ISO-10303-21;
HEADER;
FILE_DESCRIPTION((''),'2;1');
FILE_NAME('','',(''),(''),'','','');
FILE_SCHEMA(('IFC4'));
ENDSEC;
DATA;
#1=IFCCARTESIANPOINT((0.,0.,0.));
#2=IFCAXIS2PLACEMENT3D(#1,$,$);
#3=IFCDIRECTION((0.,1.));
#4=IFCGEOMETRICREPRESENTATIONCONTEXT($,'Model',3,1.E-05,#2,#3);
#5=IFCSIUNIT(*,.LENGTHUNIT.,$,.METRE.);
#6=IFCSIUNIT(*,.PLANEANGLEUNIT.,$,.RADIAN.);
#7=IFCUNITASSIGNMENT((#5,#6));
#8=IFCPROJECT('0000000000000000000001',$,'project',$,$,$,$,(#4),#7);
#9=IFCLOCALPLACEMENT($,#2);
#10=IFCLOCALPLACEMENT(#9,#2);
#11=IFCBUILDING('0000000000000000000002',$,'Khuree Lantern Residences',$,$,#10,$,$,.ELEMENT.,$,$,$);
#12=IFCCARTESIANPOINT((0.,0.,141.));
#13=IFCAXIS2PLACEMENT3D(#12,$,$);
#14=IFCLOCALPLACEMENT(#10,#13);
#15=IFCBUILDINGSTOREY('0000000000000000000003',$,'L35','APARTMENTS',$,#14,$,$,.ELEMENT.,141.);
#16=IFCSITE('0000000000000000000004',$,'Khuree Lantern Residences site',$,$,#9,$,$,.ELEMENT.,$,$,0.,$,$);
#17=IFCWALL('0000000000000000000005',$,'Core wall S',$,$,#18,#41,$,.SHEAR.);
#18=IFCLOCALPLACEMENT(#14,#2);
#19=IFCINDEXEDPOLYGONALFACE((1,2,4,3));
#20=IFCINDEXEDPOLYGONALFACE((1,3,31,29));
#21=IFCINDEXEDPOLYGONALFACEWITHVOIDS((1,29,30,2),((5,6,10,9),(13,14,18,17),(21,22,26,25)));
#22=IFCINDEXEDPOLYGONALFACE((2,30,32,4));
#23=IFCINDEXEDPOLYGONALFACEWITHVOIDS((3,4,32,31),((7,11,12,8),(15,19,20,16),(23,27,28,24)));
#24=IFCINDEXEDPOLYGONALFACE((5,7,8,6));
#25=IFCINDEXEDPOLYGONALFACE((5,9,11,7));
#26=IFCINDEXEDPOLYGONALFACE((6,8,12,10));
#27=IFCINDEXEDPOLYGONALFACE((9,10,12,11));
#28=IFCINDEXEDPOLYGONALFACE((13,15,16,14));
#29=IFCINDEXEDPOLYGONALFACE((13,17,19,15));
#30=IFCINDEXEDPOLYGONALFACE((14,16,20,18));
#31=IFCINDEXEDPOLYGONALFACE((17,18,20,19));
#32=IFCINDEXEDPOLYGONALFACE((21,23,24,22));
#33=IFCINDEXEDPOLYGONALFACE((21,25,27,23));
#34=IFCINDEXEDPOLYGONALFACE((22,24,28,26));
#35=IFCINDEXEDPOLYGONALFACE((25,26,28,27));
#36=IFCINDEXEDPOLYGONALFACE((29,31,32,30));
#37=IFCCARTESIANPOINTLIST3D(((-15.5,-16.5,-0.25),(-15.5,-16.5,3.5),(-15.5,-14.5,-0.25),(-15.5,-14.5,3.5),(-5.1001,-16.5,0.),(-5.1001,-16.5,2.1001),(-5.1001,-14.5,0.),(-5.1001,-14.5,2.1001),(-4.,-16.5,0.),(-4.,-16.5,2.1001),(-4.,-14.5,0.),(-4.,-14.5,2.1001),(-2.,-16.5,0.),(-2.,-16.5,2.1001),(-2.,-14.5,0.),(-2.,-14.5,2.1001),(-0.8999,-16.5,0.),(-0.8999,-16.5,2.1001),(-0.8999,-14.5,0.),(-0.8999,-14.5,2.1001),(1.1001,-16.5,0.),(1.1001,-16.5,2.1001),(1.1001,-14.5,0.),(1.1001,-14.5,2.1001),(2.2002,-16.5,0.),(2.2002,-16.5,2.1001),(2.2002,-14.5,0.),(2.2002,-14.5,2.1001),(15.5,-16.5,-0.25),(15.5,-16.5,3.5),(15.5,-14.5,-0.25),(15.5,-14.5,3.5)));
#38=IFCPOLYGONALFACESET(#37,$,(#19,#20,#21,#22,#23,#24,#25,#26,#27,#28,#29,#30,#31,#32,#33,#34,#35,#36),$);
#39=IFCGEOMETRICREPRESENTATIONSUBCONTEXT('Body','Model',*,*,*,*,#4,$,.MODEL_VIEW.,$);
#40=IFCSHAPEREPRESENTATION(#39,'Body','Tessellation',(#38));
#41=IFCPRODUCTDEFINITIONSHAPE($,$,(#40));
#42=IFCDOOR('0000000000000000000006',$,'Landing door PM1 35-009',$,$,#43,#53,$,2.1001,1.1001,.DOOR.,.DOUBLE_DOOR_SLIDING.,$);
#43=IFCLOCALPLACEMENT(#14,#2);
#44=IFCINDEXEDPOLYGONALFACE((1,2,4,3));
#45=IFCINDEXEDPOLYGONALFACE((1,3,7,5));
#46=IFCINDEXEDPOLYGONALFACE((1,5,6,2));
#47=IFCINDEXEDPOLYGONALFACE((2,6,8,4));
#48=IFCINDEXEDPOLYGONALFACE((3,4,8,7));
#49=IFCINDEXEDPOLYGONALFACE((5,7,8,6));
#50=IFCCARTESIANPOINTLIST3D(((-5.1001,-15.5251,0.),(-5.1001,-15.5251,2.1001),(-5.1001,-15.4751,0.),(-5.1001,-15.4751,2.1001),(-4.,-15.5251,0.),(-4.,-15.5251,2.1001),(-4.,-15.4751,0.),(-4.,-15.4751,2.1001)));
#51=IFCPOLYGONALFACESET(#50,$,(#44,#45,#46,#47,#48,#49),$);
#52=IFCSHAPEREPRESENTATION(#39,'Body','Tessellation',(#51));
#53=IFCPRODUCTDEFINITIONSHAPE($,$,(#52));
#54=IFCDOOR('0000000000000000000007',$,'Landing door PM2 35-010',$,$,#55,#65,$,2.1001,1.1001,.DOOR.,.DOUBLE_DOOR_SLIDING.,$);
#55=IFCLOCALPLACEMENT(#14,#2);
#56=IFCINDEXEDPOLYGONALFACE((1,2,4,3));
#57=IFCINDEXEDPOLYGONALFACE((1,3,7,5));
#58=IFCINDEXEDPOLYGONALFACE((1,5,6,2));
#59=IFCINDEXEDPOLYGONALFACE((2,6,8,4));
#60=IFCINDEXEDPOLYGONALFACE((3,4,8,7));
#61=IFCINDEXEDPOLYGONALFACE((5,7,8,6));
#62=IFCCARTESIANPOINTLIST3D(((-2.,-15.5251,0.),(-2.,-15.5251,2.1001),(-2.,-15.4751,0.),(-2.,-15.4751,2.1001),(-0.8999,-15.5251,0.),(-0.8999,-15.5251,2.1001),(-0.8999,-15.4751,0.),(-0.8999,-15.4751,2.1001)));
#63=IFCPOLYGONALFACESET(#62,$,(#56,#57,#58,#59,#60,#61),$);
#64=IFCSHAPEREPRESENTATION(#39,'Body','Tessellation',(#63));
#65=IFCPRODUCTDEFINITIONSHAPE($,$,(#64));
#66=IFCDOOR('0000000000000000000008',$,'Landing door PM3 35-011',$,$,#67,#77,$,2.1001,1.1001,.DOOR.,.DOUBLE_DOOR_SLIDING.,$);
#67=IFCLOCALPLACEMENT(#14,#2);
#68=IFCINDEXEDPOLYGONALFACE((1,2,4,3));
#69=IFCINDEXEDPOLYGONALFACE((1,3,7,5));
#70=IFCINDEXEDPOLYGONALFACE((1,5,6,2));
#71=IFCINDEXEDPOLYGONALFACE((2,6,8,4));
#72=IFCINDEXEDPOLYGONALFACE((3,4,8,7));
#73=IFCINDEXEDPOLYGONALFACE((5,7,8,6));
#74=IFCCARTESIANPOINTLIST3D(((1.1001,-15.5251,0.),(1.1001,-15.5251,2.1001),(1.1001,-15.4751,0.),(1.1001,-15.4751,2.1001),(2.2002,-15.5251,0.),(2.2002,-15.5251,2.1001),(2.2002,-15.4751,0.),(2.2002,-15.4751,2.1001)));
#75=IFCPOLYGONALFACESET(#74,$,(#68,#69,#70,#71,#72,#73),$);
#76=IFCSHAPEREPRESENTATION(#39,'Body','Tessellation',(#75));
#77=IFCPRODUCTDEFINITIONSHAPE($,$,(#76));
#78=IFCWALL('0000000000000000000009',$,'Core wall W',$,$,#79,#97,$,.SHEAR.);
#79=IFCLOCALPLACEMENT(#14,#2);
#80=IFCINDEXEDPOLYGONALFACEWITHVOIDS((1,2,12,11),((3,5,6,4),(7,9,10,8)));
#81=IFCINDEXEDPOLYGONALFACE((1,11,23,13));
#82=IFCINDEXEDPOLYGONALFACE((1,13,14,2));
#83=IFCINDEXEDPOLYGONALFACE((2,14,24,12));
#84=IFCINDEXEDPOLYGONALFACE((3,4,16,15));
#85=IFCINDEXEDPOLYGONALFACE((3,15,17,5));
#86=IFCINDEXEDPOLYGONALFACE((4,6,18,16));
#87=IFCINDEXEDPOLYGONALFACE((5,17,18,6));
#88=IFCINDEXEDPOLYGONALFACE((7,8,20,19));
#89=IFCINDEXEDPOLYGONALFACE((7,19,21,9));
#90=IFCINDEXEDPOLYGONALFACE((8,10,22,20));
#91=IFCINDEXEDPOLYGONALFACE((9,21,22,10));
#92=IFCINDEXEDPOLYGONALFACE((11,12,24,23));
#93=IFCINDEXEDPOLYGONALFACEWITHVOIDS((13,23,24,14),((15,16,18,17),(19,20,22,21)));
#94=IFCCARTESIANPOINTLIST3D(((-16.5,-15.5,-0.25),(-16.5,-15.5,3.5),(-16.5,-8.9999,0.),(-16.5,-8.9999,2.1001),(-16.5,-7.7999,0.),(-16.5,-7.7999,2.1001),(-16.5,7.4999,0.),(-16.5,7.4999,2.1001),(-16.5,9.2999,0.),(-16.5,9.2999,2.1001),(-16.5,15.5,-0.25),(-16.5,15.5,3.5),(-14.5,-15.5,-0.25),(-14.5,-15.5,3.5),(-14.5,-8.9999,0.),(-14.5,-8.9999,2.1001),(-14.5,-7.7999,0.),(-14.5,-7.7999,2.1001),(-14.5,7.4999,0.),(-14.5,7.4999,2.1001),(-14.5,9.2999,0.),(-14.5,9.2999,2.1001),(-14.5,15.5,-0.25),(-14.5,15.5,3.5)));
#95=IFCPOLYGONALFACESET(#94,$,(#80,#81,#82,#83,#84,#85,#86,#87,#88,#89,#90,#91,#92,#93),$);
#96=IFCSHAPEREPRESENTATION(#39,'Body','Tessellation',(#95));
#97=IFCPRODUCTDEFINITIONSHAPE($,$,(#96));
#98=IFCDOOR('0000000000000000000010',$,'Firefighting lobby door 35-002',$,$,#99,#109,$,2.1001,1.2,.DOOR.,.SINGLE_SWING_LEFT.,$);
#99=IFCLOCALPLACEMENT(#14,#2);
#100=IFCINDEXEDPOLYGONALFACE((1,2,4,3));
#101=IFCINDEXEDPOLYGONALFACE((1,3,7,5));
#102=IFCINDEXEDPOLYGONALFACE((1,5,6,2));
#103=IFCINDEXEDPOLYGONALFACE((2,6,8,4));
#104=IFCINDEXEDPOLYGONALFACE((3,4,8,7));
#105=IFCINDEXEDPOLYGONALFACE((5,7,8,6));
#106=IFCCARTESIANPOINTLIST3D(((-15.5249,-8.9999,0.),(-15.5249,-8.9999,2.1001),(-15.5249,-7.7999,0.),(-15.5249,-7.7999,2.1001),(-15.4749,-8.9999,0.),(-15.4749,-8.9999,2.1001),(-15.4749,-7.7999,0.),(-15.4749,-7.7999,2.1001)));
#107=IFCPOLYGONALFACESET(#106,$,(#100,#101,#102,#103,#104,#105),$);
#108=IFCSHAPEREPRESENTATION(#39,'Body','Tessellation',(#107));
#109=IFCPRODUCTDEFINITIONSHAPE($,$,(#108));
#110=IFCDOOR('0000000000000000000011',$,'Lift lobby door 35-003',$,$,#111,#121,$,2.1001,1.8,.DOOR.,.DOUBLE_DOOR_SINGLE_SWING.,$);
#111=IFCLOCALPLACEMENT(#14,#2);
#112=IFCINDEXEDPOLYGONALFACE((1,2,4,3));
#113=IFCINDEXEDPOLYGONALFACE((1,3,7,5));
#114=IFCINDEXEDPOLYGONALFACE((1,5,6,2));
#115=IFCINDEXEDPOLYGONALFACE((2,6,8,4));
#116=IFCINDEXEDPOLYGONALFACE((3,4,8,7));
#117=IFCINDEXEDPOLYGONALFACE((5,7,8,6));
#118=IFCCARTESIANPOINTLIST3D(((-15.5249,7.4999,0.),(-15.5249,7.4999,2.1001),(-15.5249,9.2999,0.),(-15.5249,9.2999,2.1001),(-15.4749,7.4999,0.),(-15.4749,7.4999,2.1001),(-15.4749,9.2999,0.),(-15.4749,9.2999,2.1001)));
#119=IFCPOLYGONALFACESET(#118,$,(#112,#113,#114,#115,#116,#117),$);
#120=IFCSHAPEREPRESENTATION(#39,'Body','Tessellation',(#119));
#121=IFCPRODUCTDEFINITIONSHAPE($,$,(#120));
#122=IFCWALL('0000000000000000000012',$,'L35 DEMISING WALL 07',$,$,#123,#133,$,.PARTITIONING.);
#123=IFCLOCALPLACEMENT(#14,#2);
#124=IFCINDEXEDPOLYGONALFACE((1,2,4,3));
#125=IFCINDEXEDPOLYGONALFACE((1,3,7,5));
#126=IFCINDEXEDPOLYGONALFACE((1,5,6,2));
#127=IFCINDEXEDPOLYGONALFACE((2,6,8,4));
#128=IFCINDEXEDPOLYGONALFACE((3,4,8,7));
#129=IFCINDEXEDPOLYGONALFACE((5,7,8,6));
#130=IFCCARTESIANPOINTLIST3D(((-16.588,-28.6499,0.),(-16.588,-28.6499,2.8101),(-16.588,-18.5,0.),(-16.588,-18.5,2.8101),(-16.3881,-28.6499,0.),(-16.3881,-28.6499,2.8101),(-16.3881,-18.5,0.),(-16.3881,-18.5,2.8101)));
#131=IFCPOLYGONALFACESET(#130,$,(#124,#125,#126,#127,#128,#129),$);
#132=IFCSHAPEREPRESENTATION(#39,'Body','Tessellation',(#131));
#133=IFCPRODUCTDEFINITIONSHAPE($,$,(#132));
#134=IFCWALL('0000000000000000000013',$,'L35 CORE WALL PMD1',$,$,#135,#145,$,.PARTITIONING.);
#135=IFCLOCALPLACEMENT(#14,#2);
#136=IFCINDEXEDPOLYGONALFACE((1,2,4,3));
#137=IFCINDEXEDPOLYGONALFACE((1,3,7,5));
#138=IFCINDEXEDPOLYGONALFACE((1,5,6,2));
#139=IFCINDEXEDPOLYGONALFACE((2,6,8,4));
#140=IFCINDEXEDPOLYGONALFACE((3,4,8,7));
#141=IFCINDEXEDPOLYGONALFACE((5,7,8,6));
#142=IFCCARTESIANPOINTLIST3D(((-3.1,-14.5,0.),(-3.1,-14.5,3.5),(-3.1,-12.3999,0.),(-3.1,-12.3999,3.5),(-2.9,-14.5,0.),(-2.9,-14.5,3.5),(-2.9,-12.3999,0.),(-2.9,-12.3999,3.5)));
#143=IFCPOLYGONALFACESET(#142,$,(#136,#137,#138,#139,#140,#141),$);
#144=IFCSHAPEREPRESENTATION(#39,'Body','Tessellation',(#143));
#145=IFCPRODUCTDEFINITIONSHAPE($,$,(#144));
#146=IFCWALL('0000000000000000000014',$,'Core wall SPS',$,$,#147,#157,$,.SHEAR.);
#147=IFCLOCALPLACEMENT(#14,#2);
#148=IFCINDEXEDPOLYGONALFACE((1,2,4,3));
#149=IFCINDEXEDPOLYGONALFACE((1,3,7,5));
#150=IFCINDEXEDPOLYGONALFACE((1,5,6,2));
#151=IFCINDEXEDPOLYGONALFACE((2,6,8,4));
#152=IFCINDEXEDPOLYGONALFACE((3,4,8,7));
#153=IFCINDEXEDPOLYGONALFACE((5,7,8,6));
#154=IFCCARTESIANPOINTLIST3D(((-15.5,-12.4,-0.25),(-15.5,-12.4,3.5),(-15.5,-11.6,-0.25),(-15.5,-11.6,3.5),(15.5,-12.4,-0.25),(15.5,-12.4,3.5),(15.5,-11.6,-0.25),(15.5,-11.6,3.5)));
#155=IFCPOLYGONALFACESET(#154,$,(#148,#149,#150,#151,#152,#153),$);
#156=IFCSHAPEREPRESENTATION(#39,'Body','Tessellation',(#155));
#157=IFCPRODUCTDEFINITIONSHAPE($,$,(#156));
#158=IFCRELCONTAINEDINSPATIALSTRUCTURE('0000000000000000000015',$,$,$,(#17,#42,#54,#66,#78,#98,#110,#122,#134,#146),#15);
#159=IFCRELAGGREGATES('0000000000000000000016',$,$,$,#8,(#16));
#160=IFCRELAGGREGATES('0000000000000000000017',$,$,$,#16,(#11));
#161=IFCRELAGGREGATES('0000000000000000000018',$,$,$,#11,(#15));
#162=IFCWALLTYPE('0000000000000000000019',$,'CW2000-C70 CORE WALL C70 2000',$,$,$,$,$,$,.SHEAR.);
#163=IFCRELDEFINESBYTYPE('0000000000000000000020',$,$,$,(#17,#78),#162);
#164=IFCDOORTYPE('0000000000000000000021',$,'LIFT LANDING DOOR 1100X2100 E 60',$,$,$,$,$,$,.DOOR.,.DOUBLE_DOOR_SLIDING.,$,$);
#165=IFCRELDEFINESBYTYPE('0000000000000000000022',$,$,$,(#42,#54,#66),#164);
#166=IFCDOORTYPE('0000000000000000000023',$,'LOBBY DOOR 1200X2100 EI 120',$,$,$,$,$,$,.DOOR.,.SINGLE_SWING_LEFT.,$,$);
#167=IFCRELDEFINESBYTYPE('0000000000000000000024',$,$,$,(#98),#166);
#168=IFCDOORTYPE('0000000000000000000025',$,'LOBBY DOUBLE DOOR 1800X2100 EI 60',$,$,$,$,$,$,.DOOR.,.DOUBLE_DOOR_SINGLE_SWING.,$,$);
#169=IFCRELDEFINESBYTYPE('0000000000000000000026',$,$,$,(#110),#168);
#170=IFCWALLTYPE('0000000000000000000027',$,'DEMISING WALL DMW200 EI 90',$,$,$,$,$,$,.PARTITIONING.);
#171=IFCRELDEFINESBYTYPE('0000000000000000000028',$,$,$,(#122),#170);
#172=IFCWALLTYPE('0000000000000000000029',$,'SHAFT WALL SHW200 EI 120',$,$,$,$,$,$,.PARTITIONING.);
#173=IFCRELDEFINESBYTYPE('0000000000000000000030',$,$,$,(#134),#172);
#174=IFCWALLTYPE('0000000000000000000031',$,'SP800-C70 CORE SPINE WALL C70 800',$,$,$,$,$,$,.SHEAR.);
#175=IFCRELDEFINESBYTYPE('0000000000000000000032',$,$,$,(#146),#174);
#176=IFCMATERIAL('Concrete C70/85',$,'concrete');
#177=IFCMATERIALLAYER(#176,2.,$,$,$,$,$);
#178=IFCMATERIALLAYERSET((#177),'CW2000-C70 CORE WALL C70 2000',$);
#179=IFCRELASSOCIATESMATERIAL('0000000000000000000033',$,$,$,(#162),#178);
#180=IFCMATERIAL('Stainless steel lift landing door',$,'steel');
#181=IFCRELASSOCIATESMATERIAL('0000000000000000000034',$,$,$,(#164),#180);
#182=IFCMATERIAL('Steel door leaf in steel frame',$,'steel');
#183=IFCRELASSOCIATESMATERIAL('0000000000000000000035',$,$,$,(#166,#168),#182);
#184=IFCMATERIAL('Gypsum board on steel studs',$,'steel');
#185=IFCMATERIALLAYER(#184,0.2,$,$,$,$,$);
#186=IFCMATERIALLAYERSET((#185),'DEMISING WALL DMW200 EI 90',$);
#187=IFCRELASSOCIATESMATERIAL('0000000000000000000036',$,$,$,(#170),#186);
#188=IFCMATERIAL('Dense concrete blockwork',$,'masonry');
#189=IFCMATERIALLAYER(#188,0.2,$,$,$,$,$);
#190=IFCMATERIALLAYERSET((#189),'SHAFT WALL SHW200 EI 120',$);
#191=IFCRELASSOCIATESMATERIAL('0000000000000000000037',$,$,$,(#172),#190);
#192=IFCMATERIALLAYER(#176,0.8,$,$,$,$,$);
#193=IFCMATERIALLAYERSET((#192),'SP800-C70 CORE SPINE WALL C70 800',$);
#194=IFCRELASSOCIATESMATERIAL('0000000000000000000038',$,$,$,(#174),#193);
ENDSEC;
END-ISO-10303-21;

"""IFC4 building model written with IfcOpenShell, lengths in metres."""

from ifc_helpers import new_model, si_unit, direction, frame, frame_2d, origin, place, context, subcontext, project, spatial, rectangle, extrude, material, layer, layer_set, type_object, element, fill, save


model = new_model("IFC4")

# Units and contexts
model_context = context("Model", 3, precision=1e-05, world=origin(), true_north=direction((0.0, 1.0)))
body_context = subcontext(model_context, "Body", "Model", "MODEL_VIEW")
ifc_project = project(units=[si_unit("LENGTHUNIT", "METRE"), si_unit("PLANEANGLEUNIT", "RADIAN")], contexts=[model_context])

# Site, building, storey
site_placement = place(None, origin())
site = spatial("IfcSite", under=ifc_project, at=site_placement, Name="Khuree Lantern Residences site", CompositionType="ELEMENT", RefElevation=0.0)
building_placement = place(site_placement, origin())
building = spatial("IfcBuilding", under=site, at=building_placement, Name="Khuree Lantern Residences", CompositionType="ELEMENT")
storey_placement = place(building_placement, frame((0.0, 0.0, 141.0)))
storey = spatial("IfcBuildingStorey", under=building, at=storey_placement, Name="L35", Description="APARTMENTS", CompositionType="ELEMENT", Elevation=141.0)

# Shared definitions
ifc_material_1 = material(Name="Concrete C70/85", Category="concrete")

# Shared definitions
ifc_material_2 = material(Name="Dense concrete blockwork", Category="masonry")
ifc_material_3 = material(Name="Stainless steel lift landing door", Category="steel")

# Shared definitions
ifc_material_4 = material(Name="Gypsum board on steel studs", Category="steel")

# Walls, openings, doors
ifc_layer_1 = layer(ifc_material_1, 2.0)
ifc_layer_set_1 = layer_set([ifc_layer_1], Name="CW2000-C70 CORE WALL C70 2000")
wall_type_1 = type_object("IfcWallType", Name="CW2000-C70 CORE WALL C70 2000", PredefinedType="SHEAR", material=ifc_layer_set_1)
wall_1_placement = place(storey_placement, frame((-15.5, -15.5, -0.25), z_axis=(0.0, 0.0, 1.0), x_axis=(1.0, 0.0, 0.0)))
wall_1 = element("IfcWall", 1, at=wall_1_placement, inside=storey, type_object=wall_type_1, Name="Core wall S", PredefinedType="SHEAR", context=body_context, shape_type="SweptSolid", body=[
    extrude(rectangle(XDim=31.0, YDim=2.0, at=frame_2d((15.5, 0.0))), origin(), (0.0, 0.0, 1.0), 3.75),
])
opening_1_placement = place(wall_1_placement, frame((10.3999, 0.0, 0.25)))
opening_1 = element("IfcOpeningElement", 2, at=opening_1_placement, cuts=wall_1, PredefinedType="OPENING", context=body_context, shape_type="SweptSolid", body=[
    extrude(rectangle(XDim=1.1001, YDim=2.1001, at=frame_2d((0.55, 1.05))), frame((0.0, 1.01, 0.0), z_axis=(0.0, -1.0, 0.0), x_axis=(1.0, 0.0, 0.0)), (0.0, 0.0, 1.0), 2.02),
])
opening_2_placement = place(wall_1_placement, frame((13.5, 0.0, 0.25)))
opening_2 = element("IfcOpeningElement", 3, at=opening_2_placement, cuts=wall_1, PredefinedType="OPENING", context=body_context, shape_type="SweptSolid", body=[
    extrude(rectangle(XDim=1.1001, YDim=2.1001, at=frame_2d((0.55, 1.05))), frame((0.0, 1.01, 0.0), z_axis=(0.0, -1.0, 0.0), x_axis=(1.0, 0.0, 0.0)), (0.0, 0.0, 1.0), 2.02),
])
opening_3_placement = place(wall_1_placement, frame((16.6001, 0.0, 0.25)))
opening_3 = element("IfcOpeningElement", 4, at=opening_3_placement, cuts=wall_1, PredefinedType="OPENING", context=body_context, shape_type="SweptSolid", body=[
    extrude(rectangle(XDim=1.1001, YDim=2.1001, at=frame_2d((0.55, 1.05))), frame((0.0, 1.01, 0.0), z_axis=(0.0, -1.0, 0.0), x_axis=(1.0, 0.0, 0.0)), (0.0, 0.0, 1.0), 2.02),
])
door_type_1 = type_object("IfcDoorType", Name="LIFT LANDING DOOR 1100X2100 E 60", OperationType="DOUBLE_DOOR_SLIDING", PredefinedType="DOOR", material=ifc_material_3)
door_1_placement = place(opening_1_placement, origin())
door_1 = element("IfcDoor", 5, at=door_1_placement, inside=storey, type_object=door_type_1, Name="Landing door PM1 35-009", OperationType="DOUBLE_DOOR_SLIDING", OverallHeight=2.1001, OverallWidth=1.1001, PredefinedType="DOOR", context=body_context, shape_type="SweptSolid", body=[
    extrude(rectangle(XDim=1.1001, YDim=2.1001, at=frame_2d((0.55, 1.05))), frame((0.0, 0.0249, 0.0), z_axis=(0.0, -1.0, 0.0), x_axis=(1.0, 0.0, 0.0)), (0.0, 0.0, 1.0), 0.05),
])
fill(opening_1, door_1)
door_2_placement = place(opening_2_placement, origin())
door_2 = element("IfcDoor", 6, at=door_2_placement, inside=storey, type_object=door_type_1, Name="Landing door PM2 35-010", OperationType="DOUBLE_DOOR_SLIDING", OverallHeight=2.1001, OverallWidth=1.1001, PredefinedType="DOOR", context=body_context, shape_type="SweptSolid", body=[
    extrude(rectangle(XDim=1.1001, YDim=2.1001, at=frame_2d((0.55, 1.05))), frame((0.0, 0.0249, 0.0), z_axis=(0.0, -1.0, 0.0), x_axis=(1.0, 0.0, 0.0)), (0.0, 0.0, 1.0), 0.05),
])
fill(opening_2, door_2)
door_3_placement = place(opening_3_placement, origin())
door_3 = element("IfcDoor", 7, at=door_3_placement, inside=storey, type_object=door_type_1, Name="Landing door PM3 35-011", OperationType="DOUBLE_DOOR_SLIDING", OverallHeight=2.1001, OverallWidth=1.1001, PredefinedType="DOOR", context=body_context, shape_type="SweptSolid", body=[
    extrude(rectangle(XDim=1.1001, YDim=2.1001, at=frame_2d((0.55, 1.05))), frame((0.0, 0.0249, 0.0), z_axis=(0.0, -1.0, 0.0), x_axis=(1.0, 0.0, 0.0)), (0.0, 0.0, 1.0), 0.05),
])
fill(opening_3, door_3)
wall_2_placement = place(storey_placement, frame((-15.5, -15.5, -0.25), z_axis=(0.0, 0.0, 1.0), x_axis=(0.0, 1.0, 0.0)))
wall_2 = element("IfcWall", 8, at=wall_2_placement, inside=storey, type_object=wall_type_1, Name="Core wall W", PredefinedType="SHEAR", context=body_context, shape_type="SweptSolid", body=[
    extrude(rectangle(XDim=31.0, YDim=2.0, at=frame_2d((15.5, 0.0))), origin(), (0.0, 0.0, 1.0), 3.75),
])
opening_4_placement = place(wall_2_placement, frame((6.5, 0.0, 0.25)))
opening_4 = element("IfcOpeningElement", 9, at=opening_4_placement, cuts=wall_2, PredefinedType="OPENING", context=body_context, shape_type="SweptSolid", body=[
    extrude(rectangle(XDim=1.2, YDim=2.1001, at=frame_2d((0.6001, 1.05))), frame((0.0, 1.01, 0.0), z_axis=(0.0, -1.0, 0.0), x_axis=(1.0, 0.0, 0.0)), (0.0, 0.0, 1.0), 2.02),
])
opening_5_placement = place(wall_2_placement, frame((23.0, 0.0, 0.25)))
opening_5 = element("IfcOpeningElement", 10, at=opening_5_placement, cuts=wall_2, PredefinedType="OPENING", context=body_context, shape_type="SweptSolid", body=[
    extrude(rectangle(XDim=1.8, YDim=2.1001, at=frame_2d((0.8999, 1.05))), frame((0.0, 1.01, 0.0), z_axis=(0.0, -1.0, 0.0), x_axis=(1.0, 0.0, 0.0)), (0.0, 0.0, 1.0), 2.02),
])
ifc_material_5 = material(Name="Steel door leaf in steel frame", Category="steel")
door_type_2 = type_object("IfcDoorType", Name="LOBBY DOOR 1200X2100 EI 120", OperationType="SINGLE_SWING_LEFT", PredefinedType="DOOR", material=ifc_material_5)
door_4_placement = place(opening_4_placement, origin())
door_4 = element("IfcDoor", 11, at=door_4_placement, inside=storey, type_object=door_type_2, Name="Firefighting lobby door 35-002", OperationType="SINGLE_SWING_LEFT", OverallHeight=2.1001, OverallWidth=1.2, PredefinedType="DOOR", context=body_context, shape_type="SweptSolid", body=[
    extrude(rectangle(XDim=1.2, YDim=2.1001, at=frame_2d((0.6001, 1.05))), frame((0.0, 0.0249, 0.0), z_axis=(0.0, -1.0, 0.0), x_axis=(1.0, 0.0, 0.0)), (0.0, 0.0, 1.0), 0.05),
])
fill(opening_4, door_4)
door_type_3 = type_object("IfcDoorType", Name="LOBBY DOUBLE DOOR 1800X2100 EI 60", OperationType="DOUBLE_DOOR_SINGLE_SWING", PredefinedType="DOOR", material=ifc_material_5)
door_5_placement = place(opening_5_placement, origin())
door_5 = element("IfcDoor", 12, at=door_5_placement, inside=storey, type_object=door_type_3, Name="Lift lobby door 35-003", OperationType="DOUBLE_DOOR_SINGLE_SWING", OverallHeight=2.1001, OverallWidth=1.8, PredefinedType="DOOR", context=body_context, shape_type="SweptSolid", body=[
    extrude(rectangle(XDim=1.8, YDim=2.1001, at=frame_2d((0.8999, 1.05))), frame((0.0, 0.0249, 0.0), z_axis=(0.0, -1.0, 0.0), x_axis=(1.0, 0.0, 0.0)), (0.0, 0.0, 1.0), 0.05),
])
fill(opening_5, door_5)

# Walls
ifc_layer_2 = layer(ifc_material_4, 0.2)
ifc_layer_set_2 = layer_set([ifc_layer_2], Name="DEMISING WALL DMW200 EI 90")
wall_type_2 = type_object("IfcWallType", Name="DEMISING WALL DMW200 EI 90", PredefinedType="PARTITIONING", material=ifc_layer_set_2)
wall_3_placement = place(storey_placement, frame((-16.488, -18.5, 0.0), z_axis=(0.0, 0.0, 1.0), x_axis=(0.0, -1.0, 0.0)))
element("IfcWall", 13, at=wall_3_placement, inside=storey, type_object=wall_type_2, Name="L35 DEMISING WALL 07", PredefinedType="PARTITIONING", context=body_context, shape_type="SweptSolid", body=[
    extrude(rectangle(XDim=10.1499, YDim=0.2, at=frame_2d((5.075, 0.0))), origin(), (0.0, 0.0, 1.0), 2.8101),
])
ifc_layer_3 = layer(ifc_material_2, 0.2)
ifc_layer_set_3 = layer_set([ifc_layer_3], Name="SHAFT WALL SHW200 EI 120")
wall_type_3 = type_object("IfcWallType", Name="SHAFT WALL SHW200 EI 120", PredefinedType="PARTITIONING", material=ifc_layer_set_3)
wall_4_placement = place(storey_placement, frame((-3.0, -14.5, 0.0), z_axis=(0.0, 0.0, 1.0), x_axis=(0.0, 1.0, 0.0)))
element("IfcWall", 14, at=wall_4_placement, inside=storey, type_object=wall_type_3, Name="L35 CORE WALL PMD1", PredefinedType="PARTITIONING", context=body_context, shape_type="SweptSolid", body=[
    extrude(rectangle(XDim=2.1001, YDim=0.2, at=frame_2d((1.05, 0.0))), origin(), (0.0, 0.0, 1.0), 3.5),
])
ifc_layer_4 = layer(ifc_material_1, 0.8)
ifc_layer_set_4 = layer_set([ifc_layer_4], Name="SP800-C70 CORE SPINE WALL C70 800")
wall_type_4 = type_object("IfcWallType", Name="SP800-C70 CORE SPINE WALL C70 800", PredefinedType="SHEAR", material=ifc_layer_set_4)
wall_5_placement = place(storey_placement, frame((-15.5, -12.0, -0.25), z_axis=(0.0, 0.0, 1.0), x_axis=(1.0, 0.0, 0.0)))
element("IfcWall", 15, at=wall_5_placement, inside=storey, type_object=wall_type_4, Name="Core wall SPS", PredefinedType="SHEAR", context=body_context, shape_type="SweptSolid", body=[
    extrude(rectangle(XDim=31.0, YDim=0.8, at=frame_2d((15.5, 0.0))), origin(), (0.0, 0.0, 1.0), 3.75),
])

save(model, "model.ifc")
